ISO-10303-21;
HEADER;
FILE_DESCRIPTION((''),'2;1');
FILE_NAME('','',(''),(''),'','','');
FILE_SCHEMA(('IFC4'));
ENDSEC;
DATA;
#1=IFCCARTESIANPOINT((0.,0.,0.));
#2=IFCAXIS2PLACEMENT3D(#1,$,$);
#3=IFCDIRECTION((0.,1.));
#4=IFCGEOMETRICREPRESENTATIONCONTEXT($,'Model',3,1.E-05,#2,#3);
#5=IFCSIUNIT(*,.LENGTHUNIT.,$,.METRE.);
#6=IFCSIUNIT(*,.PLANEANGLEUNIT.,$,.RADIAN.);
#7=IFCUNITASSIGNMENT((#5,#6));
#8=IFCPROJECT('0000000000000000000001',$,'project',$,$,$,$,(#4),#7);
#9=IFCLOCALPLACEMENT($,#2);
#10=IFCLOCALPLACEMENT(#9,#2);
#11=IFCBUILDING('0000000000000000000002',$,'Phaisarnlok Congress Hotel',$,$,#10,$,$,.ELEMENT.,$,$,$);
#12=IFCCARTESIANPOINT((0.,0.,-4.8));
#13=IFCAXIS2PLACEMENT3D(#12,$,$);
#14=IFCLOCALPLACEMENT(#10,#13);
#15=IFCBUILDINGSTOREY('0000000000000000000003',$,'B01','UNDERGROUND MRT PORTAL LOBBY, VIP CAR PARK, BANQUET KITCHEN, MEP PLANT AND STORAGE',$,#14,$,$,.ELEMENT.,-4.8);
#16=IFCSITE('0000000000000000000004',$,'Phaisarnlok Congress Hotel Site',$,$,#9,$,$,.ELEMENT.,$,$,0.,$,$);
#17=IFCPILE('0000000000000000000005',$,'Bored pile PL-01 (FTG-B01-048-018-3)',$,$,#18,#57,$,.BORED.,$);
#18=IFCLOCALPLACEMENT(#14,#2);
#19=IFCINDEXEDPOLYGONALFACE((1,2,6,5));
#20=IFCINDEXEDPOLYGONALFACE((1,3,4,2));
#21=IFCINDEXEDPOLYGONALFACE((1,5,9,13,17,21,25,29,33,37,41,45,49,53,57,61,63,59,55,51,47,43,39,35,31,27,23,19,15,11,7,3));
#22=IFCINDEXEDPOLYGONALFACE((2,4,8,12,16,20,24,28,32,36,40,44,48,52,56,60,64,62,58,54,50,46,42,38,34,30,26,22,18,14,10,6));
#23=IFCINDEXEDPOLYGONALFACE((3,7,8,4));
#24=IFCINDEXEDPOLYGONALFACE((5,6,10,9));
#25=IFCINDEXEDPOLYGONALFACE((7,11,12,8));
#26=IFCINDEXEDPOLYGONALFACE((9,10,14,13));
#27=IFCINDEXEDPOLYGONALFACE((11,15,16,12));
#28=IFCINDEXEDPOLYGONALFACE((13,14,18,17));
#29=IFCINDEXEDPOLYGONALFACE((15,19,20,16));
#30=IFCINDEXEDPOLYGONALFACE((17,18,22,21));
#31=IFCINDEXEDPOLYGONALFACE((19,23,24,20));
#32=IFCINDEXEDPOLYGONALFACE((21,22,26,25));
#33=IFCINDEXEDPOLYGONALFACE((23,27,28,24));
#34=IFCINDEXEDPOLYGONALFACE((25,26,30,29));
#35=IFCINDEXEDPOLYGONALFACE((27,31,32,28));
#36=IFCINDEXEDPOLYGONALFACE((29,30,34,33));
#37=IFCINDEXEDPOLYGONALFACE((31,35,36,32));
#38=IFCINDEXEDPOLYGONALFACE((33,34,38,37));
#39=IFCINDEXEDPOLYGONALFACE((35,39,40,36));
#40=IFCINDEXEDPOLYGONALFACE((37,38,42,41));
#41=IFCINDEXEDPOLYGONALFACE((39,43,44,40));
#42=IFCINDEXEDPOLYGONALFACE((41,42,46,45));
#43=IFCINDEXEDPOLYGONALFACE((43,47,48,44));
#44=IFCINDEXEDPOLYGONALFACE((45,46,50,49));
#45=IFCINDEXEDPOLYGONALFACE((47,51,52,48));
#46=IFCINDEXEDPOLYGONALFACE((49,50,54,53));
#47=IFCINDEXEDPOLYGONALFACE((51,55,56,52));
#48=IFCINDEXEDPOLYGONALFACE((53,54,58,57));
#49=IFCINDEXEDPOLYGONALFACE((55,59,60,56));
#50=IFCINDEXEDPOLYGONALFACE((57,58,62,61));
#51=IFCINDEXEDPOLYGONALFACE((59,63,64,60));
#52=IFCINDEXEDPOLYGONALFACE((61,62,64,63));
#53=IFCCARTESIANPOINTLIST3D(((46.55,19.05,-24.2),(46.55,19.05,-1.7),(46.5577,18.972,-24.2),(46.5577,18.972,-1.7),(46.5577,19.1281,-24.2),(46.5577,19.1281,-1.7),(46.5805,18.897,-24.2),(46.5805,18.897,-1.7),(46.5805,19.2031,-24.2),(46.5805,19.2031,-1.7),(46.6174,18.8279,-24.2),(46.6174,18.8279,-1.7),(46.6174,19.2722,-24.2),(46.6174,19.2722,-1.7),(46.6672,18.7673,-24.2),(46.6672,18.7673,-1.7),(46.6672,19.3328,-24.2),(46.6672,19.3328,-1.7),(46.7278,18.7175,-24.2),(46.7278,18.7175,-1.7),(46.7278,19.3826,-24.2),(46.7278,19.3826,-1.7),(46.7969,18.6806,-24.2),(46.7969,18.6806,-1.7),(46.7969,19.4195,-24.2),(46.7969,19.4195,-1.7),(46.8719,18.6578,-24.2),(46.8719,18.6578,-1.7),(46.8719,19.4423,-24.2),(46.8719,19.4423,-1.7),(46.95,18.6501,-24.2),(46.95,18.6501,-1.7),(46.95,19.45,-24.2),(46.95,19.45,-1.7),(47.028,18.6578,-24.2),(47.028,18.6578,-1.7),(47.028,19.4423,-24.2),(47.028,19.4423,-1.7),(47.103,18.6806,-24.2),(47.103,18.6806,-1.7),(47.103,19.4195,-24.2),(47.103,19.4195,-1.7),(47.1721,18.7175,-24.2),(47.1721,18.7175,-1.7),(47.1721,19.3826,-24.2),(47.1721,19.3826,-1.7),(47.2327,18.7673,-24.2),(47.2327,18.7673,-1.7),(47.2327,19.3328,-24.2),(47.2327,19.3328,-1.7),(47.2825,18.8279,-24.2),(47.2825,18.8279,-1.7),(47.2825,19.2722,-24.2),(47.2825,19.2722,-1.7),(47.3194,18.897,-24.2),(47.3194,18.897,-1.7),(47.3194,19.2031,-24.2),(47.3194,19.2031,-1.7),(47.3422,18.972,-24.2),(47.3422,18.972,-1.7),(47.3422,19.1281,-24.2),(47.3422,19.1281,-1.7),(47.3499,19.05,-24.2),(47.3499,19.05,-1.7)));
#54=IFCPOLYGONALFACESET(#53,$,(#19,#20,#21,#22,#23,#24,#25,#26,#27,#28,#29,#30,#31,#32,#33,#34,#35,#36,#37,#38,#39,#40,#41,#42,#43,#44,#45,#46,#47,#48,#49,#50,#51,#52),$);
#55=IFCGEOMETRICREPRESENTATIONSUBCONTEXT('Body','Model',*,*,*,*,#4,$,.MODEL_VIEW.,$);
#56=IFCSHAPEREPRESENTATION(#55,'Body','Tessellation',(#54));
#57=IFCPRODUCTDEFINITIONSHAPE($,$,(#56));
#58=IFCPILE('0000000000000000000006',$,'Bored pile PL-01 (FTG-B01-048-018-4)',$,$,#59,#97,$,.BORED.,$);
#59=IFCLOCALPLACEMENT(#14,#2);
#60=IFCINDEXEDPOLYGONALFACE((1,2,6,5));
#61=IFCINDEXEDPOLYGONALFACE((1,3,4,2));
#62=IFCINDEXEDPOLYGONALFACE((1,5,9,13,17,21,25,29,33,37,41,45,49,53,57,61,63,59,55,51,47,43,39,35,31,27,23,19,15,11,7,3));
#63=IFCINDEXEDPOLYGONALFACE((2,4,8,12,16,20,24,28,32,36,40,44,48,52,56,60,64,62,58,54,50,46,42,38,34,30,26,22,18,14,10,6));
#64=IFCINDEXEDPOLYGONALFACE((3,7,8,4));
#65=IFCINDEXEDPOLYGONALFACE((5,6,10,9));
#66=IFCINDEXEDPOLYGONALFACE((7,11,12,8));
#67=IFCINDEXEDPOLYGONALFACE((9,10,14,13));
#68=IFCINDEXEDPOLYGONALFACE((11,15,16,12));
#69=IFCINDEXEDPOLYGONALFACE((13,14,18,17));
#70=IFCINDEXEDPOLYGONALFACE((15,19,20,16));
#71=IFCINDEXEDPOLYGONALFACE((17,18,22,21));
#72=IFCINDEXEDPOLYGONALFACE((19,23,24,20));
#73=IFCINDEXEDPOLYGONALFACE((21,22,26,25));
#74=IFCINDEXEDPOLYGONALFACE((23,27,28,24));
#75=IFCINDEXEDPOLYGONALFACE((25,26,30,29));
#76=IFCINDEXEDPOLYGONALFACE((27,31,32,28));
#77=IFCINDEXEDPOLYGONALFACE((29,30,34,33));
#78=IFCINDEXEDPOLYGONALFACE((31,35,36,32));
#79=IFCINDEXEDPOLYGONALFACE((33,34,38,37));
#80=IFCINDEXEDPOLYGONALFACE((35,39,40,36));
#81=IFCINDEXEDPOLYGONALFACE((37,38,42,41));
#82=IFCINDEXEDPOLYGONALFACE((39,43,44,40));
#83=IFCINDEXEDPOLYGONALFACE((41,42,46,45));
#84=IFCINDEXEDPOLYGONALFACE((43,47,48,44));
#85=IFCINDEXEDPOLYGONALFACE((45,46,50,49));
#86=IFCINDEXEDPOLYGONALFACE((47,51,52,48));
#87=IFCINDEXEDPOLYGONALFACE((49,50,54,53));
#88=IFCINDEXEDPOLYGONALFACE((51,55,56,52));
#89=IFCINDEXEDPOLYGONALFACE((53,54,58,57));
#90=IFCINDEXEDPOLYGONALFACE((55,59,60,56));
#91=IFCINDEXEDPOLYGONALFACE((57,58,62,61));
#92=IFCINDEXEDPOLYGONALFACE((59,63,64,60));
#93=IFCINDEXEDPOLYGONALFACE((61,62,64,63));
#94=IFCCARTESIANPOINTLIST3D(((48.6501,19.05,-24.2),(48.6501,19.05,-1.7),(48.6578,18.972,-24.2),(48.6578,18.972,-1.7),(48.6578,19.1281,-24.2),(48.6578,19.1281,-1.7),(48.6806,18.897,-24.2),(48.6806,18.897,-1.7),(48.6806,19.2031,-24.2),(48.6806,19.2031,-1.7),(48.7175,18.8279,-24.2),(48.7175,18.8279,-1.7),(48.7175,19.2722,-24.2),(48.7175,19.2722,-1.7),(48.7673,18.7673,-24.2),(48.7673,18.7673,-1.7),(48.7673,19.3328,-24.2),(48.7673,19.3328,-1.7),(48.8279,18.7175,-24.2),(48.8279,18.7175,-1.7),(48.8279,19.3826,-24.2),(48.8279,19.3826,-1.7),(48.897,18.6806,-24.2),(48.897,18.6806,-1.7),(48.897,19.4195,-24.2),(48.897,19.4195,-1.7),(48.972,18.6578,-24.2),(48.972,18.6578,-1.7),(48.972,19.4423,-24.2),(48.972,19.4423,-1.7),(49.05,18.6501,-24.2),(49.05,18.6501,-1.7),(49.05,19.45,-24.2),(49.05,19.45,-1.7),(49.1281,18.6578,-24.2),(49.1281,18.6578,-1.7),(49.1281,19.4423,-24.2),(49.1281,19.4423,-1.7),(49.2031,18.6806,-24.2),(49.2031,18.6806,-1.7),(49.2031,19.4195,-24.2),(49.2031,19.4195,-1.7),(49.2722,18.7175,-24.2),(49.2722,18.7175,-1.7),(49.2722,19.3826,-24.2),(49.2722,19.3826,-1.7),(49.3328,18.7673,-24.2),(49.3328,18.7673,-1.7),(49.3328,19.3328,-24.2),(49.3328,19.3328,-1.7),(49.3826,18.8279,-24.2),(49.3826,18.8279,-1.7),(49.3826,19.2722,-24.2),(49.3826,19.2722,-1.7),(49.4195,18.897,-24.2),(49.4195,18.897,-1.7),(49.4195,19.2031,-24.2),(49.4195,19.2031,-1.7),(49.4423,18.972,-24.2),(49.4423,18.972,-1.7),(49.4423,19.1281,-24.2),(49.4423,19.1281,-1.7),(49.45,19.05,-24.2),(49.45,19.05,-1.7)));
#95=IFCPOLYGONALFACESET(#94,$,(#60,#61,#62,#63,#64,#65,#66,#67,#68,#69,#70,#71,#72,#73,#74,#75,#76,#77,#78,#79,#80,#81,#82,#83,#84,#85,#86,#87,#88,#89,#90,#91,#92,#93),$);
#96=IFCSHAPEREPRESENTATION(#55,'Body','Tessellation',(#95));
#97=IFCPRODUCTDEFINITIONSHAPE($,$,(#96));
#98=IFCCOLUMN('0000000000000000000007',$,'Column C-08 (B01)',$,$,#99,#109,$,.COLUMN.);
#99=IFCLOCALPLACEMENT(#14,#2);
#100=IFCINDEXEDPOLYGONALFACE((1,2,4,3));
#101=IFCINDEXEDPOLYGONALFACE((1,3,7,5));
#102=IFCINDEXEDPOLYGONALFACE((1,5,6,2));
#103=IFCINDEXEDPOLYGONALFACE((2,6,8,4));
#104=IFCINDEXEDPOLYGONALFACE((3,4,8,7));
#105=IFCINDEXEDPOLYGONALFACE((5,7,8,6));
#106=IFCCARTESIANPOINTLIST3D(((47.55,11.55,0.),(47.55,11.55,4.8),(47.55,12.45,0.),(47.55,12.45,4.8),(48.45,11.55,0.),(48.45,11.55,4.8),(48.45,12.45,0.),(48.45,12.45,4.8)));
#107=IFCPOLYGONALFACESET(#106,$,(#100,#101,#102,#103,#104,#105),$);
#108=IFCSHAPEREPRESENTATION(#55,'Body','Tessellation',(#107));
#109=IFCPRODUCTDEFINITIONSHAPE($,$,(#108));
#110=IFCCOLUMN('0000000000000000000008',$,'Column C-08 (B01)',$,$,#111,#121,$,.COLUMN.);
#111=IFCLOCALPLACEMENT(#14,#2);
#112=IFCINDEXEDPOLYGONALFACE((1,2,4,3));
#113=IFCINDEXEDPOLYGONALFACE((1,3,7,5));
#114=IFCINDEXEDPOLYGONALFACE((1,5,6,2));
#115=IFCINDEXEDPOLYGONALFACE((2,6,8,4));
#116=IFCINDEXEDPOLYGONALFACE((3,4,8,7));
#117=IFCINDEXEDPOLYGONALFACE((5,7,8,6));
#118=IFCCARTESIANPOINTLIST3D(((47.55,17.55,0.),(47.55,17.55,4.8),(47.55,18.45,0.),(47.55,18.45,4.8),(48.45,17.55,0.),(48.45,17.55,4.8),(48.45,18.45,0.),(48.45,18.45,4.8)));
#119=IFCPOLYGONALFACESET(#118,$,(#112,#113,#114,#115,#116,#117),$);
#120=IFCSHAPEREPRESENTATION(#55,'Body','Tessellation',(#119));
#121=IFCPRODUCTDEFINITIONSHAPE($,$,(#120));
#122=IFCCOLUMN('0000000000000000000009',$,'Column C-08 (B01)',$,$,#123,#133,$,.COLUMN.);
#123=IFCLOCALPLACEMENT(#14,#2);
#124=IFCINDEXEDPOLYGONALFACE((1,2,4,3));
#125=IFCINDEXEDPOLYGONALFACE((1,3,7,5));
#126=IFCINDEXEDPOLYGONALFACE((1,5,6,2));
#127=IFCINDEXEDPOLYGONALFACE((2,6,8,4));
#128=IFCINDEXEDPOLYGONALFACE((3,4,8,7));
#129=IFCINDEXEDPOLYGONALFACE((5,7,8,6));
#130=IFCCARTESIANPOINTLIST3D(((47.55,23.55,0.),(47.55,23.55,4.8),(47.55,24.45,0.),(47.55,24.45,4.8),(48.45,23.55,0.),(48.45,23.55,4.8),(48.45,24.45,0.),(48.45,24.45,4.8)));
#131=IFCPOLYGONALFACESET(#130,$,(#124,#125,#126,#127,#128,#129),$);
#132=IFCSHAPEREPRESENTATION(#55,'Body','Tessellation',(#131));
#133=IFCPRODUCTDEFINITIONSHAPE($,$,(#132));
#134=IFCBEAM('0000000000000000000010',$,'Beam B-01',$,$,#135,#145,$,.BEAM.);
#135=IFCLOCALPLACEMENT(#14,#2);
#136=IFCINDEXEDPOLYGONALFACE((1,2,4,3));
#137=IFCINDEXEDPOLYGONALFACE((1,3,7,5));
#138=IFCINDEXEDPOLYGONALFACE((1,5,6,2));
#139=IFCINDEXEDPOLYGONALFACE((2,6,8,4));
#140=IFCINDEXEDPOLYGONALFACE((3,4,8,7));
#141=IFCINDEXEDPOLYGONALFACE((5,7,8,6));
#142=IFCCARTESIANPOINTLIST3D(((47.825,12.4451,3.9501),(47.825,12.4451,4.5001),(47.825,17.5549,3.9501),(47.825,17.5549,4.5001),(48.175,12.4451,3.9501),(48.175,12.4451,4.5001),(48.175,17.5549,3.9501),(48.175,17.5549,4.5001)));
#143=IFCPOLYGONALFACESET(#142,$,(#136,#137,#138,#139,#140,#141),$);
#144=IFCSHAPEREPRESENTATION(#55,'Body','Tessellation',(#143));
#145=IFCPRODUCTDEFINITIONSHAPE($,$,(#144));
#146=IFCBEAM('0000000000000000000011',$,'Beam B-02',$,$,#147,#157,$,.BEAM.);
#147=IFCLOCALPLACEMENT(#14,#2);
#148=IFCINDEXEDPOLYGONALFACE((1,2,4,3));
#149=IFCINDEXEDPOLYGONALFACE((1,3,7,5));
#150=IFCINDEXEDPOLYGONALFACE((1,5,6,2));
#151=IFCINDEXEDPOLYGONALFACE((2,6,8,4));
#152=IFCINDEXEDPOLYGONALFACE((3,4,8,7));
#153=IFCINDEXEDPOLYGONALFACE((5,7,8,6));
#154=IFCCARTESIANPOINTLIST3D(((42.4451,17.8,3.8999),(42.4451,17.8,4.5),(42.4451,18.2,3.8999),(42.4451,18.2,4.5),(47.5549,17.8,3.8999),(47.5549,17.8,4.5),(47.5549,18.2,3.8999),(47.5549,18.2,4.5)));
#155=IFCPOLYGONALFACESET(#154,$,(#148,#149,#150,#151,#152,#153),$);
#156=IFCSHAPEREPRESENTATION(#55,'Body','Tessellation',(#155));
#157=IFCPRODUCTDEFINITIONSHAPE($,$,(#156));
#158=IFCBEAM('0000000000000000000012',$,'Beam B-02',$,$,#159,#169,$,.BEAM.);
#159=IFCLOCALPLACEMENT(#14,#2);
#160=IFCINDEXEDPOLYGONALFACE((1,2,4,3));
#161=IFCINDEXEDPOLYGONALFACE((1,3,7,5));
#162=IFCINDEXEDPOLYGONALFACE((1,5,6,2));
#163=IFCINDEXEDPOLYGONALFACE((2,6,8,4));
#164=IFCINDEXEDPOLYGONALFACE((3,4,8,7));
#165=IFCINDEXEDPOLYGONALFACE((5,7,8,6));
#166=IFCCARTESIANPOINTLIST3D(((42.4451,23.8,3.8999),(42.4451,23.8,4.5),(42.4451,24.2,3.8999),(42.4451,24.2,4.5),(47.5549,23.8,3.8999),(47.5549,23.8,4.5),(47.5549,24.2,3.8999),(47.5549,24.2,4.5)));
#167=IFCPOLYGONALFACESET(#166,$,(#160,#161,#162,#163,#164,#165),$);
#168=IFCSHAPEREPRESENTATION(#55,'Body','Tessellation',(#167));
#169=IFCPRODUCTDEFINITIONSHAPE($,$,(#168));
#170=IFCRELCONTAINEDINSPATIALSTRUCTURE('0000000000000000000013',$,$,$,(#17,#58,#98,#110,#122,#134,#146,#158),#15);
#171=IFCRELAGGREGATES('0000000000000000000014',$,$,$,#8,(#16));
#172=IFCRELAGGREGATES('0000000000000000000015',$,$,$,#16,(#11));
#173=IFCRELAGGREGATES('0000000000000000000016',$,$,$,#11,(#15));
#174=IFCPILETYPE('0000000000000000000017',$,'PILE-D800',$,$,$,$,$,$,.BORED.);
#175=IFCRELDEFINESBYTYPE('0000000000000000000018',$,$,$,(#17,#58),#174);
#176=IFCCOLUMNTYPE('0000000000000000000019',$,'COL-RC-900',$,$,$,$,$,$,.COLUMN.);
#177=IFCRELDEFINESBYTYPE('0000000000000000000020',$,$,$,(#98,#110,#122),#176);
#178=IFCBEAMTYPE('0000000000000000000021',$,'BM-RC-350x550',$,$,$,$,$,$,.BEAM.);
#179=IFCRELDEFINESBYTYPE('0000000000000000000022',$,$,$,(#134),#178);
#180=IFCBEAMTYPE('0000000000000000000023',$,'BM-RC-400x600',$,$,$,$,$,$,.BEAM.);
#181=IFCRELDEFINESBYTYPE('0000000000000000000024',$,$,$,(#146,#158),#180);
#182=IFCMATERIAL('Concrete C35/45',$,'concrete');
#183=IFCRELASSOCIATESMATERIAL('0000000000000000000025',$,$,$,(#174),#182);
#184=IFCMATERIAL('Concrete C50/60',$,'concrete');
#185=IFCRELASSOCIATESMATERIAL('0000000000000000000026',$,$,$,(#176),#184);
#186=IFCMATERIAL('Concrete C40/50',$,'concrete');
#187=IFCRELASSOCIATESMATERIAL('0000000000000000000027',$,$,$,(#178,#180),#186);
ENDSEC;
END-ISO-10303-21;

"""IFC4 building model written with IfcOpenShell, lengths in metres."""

from ifc_helpers import new_model, si_unit, direction, frame, origin, origin_2d, place, context, subcontext, project, spatial, rectangle, circle, extrude, material, material_profile, profile_set, type_object, element, save


model = new_model("IFC4")

# Units and contexts
model_context = context("Model", 3, precision=1e-05, world=origin(), true_north=direction((0.0, 1.0)))
body_context = subcontext(model_context, "Body", "Model", "MODEL_VIEW")
ifc_project = project(units=[si_unit("LENGTHUNIT", "METRE"), si_unit("PLANEANGLEUNIT", "RADIAN")], contexts=[model_context])

# Site, building, storey
site_placement = place(None, origin())
site = spatial("IfcSite", under=ifc_project, at=site_placement, Name="Phaisarnlok Congress Hotel Site", CompositionType="ELEMENT", RefElevation=0.0)
building_placement = place(site_placement, origin())
building = spatial("IfcBuilding", under=site, at=building_placement, Name="Phaisarnlok Congress Hotel", CompositionType="ELEMENT")
storey_placement = place(building_placement, frame((0.0, 0.0, -4.8)))
storey = spatial("IfcBuildingStorey", under=building, at=storey_placement, Name="B01", Description="UNDERGROUND MRT PORTAL LOBBY, VIP CAR PARK, BANQUET KITCHEN, MEP PLANT AND STORAGE", CompositionType="ELEMENT", Elevation=-4.8)

# Shared definitions
ifc_material_1 = material(Name="Concrete C40/50", Category="concrete")

# Piles
ifc_material_2 = material(Name="Concrete C35/45", Category="concrete")
ifc_material_profile_1 = material_profile(ifc_material_2, circle(Radius=0.3999, at=origin_2d()), Name="BORED PILE D800")
ifc_profile_set_1 = profile_set([ifc_material_profile_1], Name="Concrete C35/45")
pile_type_1 = type_object("IfcPileType", Name="PILE-D800", PredefinedType="BORED", material=ifc_profile_set_1)
for number, where, z_axis, x_axis, name in (
    (1, (46.95, 19.05, -1.7), (0.0, 0.0, -1.0), (1.0, 0.0, 0.0), "Bored pile PL-01 (FTG-B01-048-018-3)"),
    (2, (49.05, 19.05, -1.7), (0.0, 0.0, -1.0), (1.0, 0.0, 0.0), "Bored pile PL-01 (FTG-B01-048-018-4)"),
):
    element("IfcPile", number, at=place(storey_placement, frame(where, z_axis=z_axis, x_axis=x_axis)), inside=storey, type_object=pile_type_1, Name=name, PredefinedType="BORED", context=body_context, shape_type="SweptSolid", body=[
        extrude(circle(Radius=0.3999, at=origin_2d()), origin(), (0.0, 0.0, 1.0), 22.5),
    ])

# Columns
ifc_material_3 = material(Name="Concrete C50/60", Category="concrete")
ifc_material_profile_2 = material_profile(ifc_material_3, rectangle(XDim=0.8999, YDim=0.8999, at=origin_2d()), Name="RC 900x900")
ifc_profile_set_2 = profile_set([ifc_material_profile_2], Name="Concrete C50/60")
column_type = type_object("IfcColumnType", Name="COL-RC-900", PredefinedType="COLUMN", material=ifc_profile_set_2)
for number, where, z_axis, x_axis, name in (
    (3, (48.0, 12.0, 0.0), (0.0, 0.0, 1.0), (1.0, 0.0, 0.0), "Column C-08 (B01)"),
    (4, (48.0, 18.0, 0.0), (0.0, 0.0, 1.0), (1.0, 0.0, 0.0), "Column C-08 (B01)"),
    (5, (48.0, 24.0, 0.0), (0.0, 0.0, 1.0), (1.0, 0.0, 0.0), "Column C-08 (B01)"),
):
    element("IfcColumn", number, at=place(storey_placement, frame(where, z_axis=z_axis, x_axis=x_axis)), inside=storey, type_object=column_type, Name=name, PredefinedType="COLUMN", context=body_context, shape_type="SweptSolid", body=[
        extrude(rectangle(XDim=0.8999, YDim=0.8999, at=origin_2d()), origin(), (0.0, 0.0, 1.0), 4.8),
    ])

# Beams
ifc_material_profile_3 = material_profile(ifc_material_1, rectangle(XDim=0.3501, YDim=0.55, at=origin_2d()), Name="RC 350x550")
ifc_profile_set_3 = profile_set([ifc_material_profile_3], Name="Concrete C40/50")
beam_type_1 = type_object("IfcBeamType", Name="BM-RC-350x550", PredefinedType="BEAM", material=ifc_profile_set_3)
beam_1_placement = place(storey_placement, frame((48.0, 12.4451, 4.2251), z_axis=(0.0, 1.0, 0.0), x_axis=(-1.0, 0.0, 0.0)))
element("IfcBeam", 6, at=beam_1_placement, inside=storey, type_object=beam_type_1, Name="Beam B-01", PredefinedType="BEAM", context=body_context, shape_type="SweptSolid", body=[
    extrude(rectangle(XDim=0.3501, YDim=0.55, at=origin_2d()), origin(), (0.0, 0.0, 1.0), 5.1099),
])
ifc_material_profile_4 = material_profile(ifc_material_1, rectangle(XDim=0.3999, YDim=0.6001, at=origin_2d()), Name="RC 400x600")
ifc_profile_set_4 = profile_set([ifc_material_profile_4], Name="Concrete C40/50")
beam_type_2 = type_object("IfcBeamType", Name="BM-RC-400x600", PredefinedType="BEAM", material=ifc_profile_set_4)
for number, where, z_axis, x_axis, name in (
    (7, (42.4451, 18.0, 4.2), (1.0, 0.0, 0.0), (0.0, 1.0, 0.0), "Beam B-02"),
    (8, (42.4451, 24.0, 4.2), (1.0, 0.0, 0.0), (0.0, 1.0, 0.0), "Beam B-02"),
):
    element("IfcBeam", number, at=place(storey_placement, frame(where, z_axis=z_axis, x_axis=x_axis)), inside=storey, type_object=beam_type_2, Name=name, PredefinedType="BEAM", context=body_context, shape_type="SweptSolid", body=[
        extrude(rectangle(XDim=0.3999, YDim=0.6001, at=origin_2d()), origin(), (0.0, 0.0, 1.0), 5.1099),
    ])

save(model, "model.ifc")
